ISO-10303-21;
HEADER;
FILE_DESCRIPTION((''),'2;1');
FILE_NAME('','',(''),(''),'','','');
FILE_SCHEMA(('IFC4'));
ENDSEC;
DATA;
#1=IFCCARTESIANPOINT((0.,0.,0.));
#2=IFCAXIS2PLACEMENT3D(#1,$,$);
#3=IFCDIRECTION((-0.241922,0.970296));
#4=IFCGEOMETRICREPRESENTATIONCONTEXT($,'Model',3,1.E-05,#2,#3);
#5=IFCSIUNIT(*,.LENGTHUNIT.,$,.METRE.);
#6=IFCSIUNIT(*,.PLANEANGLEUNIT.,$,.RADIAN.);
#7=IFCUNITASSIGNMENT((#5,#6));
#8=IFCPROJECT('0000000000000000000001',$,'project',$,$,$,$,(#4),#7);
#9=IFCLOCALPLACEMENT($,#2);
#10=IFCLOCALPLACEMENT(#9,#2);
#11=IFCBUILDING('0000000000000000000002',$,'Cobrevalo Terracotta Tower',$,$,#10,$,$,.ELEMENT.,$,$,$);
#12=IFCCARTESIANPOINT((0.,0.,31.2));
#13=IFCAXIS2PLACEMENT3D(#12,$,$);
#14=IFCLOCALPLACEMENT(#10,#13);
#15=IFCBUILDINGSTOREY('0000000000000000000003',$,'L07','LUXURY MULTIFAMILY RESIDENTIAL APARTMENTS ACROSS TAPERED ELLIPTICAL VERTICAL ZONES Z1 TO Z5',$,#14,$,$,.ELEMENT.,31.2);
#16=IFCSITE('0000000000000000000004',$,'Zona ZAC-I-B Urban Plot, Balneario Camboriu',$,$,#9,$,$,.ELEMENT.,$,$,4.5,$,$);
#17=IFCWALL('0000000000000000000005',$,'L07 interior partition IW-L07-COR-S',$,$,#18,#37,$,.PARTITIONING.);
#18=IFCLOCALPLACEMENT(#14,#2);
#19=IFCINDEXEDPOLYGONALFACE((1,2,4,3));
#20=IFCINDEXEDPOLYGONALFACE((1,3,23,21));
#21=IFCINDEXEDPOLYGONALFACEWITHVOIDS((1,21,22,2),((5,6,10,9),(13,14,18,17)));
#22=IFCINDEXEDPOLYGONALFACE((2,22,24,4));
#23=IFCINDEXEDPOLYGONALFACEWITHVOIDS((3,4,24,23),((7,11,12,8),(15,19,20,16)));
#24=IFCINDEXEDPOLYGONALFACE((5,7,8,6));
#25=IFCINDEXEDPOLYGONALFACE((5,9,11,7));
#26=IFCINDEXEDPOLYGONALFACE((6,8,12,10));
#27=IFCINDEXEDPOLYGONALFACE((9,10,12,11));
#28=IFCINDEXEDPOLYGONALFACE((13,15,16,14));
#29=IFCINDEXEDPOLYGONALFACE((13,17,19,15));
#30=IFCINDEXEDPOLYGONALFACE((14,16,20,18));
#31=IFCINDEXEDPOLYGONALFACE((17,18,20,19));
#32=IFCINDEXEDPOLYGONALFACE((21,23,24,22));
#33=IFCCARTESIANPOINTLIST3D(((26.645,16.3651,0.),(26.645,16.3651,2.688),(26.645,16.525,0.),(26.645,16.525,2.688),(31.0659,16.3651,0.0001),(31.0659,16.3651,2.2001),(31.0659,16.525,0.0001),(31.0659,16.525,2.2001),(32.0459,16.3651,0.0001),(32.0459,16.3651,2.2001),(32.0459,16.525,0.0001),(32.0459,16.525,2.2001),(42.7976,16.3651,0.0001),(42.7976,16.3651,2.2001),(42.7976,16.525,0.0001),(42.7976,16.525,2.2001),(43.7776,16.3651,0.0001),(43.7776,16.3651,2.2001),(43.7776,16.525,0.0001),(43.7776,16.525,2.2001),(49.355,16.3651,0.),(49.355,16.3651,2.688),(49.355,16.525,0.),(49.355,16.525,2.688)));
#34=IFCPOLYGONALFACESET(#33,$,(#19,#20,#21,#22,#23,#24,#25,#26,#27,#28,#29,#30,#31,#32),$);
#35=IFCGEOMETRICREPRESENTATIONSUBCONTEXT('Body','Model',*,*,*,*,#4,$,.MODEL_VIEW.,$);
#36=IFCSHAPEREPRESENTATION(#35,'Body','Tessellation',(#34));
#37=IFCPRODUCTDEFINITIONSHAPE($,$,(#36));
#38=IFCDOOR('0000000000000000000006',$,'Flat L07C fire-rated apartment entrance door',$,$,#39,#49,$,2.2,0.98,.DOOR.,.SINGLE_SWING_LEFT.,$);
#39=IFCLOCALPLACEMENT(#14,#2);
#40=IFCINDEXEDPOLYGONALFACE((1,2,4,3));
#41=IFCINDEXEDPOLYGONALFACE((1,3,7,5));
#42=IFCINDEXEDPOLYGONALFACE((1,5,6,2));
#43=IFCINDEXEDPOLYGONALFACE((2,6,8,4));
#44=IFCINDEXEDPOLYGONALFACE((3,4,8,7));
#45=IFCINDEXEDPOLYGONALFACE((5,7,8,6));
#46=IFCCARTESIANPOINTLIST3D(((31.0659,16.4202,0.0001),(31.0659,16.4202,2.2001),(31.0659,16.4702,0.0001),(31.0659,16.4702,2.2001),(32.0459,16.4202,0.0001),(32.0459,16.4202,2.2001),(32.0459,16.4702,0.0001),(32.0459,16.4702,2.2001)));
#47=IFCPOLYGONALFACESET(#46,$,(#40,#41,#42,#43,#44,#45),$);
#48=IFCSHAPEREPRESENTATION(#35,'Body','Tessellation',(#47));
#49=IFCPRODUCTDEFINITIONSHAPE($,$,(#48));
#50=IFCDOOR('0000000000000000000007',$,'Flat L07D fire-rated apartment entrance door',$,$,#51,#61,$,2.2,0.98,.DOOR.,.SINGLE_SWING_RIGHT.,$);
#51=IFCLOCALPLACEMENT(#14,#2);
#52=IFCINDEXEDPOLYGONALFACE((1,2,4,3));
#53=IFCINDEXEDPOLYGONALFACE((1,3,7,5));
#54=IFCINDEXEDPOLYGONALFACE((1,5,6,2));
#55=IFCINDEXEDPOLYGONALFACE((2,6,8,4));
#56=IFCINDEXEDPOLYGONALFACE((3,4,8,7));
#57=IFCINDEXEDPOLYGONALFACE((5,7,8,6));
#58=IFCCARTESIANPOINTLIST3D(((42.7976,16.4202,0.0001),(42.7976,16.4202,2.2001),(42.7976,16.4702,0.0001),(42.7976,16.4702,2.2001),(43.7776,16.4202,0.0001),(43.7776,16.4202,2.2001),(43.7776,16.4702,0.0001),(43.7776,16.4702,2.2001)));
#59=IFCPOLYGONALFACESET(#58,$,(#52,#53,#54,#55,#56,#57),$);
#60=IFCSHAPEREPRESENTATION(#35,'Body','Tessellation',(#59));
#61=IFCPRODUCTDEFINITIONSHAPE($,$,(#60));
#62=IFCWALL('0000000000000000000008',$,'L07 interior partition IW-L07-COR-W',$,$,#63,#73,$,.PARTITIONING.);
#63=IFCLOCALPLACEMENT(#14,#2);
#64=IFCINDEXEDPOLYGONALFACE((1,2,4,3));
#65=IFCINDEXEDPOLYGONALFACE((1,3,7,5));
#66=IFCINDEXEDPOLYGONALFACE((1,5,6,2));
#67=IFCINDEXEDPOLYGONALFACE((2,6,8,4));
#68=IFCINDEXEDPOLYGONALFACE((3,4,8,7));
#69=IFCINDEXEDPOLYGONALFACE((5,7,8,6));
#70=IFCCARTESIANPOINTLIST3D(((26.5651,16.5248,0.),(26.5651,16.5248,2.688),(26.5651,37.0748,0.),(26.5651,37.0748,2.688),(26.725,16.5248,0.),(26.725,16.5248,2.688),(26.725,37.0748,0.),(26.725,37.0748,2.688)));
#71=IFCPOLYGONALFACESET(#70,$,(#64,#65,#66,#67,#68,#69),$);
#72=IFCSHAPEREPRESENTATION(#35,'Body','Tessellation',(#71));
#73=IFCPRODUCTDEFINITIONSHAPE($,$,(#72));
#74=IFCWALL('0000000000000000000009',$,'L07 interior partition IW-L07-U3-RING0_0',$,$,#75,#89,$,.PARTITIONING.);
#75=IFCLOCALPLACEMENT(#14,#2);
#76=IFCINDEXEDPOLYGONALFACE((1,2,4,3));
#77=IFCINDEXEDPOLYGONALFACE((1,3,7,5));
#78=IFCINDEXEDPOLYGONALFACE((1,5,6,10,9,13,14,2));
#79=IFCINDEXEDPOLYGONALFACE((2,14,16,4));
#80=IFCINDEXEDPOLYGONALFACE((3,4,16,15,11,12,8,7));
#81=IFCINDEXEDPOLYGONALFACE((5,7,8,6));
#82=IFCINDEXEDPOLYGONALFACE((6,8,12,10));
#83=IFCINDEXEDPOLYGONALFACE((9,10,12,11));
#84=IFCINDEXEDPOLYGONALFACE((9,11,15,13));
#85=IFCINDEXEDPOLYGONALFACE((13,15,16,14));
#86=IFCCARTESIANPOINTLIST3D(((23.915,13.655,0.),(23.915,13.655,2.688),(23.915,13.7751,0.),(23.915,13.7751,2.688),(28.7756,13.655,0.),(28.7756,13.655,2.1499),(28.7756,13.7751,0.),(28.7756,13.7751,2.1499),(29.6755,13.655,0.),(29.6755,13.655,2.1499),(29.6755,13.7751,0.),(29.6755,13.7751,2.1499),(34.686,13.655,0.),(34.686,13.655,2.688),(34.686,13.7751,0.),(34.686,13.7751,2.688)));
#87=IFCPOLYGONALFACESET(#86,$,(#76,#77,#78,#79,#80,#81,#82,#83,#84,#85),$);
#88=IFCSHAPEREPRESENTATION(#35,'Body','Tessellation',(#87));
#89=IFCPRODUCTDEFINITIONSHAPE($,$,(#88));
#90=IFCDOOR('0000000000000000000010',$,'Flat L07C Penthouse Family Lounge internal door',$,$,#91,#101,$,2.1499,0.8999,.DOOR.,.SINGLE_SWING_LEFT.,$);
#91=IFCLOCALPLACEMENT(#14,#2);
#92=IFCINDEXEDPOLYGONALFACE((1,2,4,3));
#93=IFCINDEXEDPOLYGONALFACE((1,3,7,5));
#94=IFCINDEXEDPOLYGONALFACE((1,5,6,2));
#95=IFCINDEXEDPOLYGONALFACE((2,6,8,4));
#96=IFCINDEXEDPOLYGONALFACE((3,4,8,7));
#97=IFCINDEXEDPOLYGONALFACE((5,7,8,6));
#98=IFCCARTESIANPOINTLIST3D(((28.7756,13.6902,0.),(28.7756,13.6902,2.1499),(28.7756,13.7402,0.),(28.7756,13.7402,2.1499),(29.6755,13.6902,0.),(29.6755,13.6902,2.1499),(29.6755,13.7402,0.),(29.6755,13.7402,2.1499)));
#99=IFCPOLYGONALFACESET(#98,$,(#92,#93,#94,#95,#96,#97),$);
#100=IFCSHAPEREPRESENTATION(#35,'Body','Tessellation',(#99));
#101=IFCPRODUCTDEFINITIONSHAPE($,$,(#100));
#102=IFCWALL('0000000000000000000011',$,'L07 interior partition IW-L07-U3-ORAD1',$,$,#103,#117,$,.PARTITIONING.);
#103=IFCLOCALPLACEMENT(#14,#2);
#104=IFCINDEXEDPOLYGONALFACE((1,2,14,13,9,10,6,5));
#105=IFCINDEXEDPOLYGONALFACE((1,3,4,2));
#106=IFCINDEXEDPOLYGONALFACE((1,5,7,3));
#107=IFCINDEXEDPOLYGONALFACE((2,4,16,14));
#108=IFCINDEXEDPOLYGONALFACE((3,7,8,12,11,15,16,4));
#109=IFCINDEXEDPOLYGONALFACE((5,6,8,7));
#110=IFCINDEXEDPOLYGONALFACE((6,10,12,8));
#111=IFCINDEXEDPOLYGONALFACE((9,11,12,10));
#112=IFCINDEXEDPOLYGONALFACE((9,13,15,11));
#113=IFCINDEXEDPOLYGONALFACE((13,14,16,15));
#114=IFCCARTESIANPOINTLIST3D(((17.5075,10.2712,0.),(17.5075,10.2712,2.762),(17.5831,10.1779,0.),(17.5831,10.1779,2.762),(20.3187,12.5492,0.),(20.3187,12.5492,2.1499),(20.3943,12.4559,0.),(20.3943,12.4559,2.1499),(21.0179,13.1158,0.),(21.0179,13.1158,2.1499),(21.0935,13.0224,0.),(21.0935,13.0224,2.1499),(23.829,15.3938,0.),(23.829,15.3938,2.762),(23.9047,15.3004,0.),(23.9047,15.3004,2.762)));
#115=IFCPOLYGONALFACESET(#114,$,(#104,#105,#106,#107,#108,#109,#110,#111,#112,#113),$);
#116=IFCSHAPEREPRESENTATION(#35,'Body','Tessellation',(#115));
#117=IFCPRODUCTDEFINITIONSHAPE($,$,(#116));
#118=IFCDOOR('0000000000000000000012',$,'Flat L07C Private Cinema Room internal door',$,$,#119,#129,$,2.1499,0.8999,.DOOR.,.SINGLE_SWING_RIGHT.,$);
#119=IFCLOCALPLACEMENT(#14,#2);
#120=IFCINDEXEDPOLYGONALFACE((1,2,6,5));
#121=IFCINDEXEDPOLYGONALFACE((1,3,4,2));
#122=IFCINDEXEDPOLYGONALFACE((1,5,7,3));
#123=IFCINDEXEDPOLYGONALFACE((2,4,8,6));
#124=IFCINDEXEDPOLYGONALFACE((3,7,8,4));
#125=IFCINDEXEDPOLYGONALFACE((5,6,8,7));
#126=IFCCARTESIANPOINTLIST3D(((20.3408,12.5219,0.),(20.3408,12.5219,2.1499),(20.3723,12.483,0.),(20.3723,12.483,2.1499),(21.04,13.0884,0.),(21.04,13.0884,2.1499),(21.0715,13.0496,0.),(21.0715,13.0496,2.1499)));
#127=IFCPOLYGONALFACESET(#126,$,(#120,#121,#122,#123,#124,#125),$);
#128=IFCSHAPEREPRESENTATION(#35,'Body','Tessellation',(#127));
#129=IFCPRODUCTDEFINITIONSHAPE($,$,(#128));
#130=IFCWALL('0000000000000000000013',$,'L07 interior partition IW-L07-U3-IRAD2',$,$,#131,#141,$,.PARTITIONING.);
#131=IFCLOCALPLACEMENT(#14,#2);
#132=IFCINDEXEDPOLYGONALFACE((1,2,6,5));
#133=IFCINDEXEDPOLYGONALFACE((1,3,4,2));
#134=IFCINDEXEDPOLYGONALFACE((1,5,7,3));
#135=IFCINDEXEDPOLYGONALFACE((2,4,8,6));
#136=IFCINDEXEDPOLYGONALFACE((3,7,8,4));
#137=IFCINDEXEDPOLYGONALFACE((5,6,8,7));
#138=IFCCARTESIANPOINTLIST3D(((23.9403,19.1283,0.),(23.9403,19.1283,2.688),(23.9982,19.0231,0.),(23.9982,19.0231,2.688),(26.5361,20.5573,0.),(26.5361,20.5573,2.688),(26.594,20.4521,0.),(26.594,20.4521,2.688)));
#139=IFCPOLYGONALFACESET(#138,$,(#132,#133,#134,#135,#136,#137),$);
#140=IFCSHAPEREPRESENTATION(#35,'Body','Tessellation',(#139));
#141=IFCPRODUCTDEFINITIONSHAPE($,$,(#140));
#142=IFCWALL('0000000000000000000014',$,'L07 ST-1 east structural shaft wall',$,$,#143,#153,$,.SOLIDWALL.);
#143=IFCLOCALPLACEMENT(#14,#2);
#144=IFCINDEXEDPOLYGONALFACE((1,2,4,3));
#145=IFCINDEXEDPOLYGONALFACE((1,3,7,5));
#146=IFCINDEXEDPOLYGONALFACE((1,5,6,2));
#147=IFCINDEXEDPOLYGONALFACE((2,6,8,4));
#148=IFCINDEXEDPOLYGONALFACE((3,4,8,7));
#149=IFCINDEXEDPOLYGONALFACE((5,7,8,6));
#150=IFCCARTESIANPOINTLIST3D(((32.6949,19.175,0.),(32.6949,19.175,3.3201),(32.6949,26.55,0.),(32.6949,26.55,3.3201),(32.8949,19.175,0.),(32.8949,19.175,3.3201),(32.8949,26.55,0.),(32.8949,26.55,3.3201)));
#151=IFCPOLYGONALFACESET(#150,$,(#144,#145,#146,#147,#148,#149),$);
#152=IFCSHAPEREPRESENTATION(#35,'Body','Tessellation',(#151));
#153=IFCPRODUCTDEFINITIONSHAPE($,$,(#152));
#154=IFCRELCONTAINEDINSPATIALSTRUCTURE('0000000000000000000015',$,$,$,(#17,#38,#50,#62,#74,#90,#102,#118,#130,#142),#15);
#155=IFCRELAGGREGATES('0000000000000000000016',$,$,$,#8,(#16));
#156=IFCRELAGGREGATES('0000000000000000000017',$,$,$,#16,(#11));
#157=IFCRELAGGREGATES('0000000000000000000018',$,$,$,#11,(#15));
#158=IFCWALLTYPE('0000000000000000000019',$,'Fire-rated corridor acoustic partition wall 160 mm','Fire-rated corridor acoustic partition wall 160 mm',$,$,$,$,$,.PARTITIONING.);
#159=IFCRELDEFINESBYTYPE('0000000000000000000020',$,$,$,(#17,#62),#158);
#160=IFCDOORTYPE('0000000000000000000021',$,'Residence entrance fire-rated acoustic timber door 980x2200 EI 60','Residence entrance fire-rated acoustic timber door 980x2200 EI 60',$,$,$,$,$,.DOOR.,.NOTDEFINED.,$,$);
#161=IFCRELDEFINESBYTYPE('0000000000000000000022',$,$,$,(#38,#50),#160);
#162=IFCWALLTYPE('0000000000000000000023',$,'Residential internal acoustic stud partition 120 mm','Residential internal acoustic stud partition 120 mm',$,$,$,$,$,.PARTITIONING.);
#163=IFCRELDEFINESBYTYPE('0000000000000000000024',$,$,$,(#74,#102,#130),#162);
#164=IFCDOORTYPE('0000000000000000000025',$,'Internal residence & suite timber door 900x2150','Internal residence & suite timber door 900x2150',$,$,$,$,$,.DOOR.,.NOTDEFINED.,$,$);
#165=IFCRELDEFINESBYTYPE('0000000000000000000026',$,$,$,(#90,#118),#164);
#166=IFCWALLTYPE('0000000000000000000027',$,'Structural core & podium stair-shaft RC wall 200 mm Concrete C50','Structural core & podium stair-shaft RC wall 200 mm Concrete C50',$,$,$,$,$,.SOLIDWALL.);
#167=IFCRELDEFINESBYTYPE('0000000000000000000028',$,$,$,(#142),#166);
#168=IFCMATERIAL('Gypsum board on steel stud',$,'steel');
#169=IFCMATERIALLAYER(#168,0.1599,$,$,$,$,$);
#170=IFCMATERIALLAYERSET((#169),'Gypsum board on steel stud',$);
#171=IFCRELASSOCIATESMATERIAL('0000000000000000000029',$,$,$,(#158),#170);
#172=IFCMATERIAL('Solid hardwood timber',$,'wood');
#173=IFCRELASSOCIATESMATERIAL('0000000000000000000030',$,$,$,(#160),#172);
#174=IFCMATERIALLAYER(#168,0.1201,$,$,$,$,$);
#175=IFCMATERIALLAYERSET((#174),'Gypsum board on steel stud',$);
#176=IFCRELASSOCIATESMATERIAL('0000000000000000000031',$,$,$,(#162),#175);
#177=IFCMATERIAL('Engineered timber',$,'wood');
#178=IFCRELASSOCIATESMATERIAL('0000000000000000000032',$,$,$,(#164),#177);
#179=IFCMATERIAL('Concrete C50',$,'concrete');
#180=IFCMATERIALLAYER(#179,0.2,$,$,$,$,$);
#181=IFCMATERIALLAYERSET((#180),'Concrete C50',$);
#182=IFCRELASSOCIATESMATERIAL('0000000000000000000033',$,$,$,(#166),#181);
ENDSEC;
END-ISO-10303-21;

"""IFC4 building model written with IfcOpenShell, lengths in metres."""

from ifc_helpers import new_model, si_unit, direction, frame, frame_2d, origin, place, context, subcontext, project, spatial, rectangle, extrude, source, transform, mapped, material, layer, layer_set, type_object, element, fill, save


model = new_model("IFC4")

# Units and contexts
model_context = context("Model", 3, precision=1e-05, world=origin(), true_north=direction((-0.241922, 0.970296)))
body_context = subcontext(model_context, "Body", "Model", "MODEL_VIEW")
ifc_project = project(units=[si_unit("LENGTHUNIT", "METRE"), si_unit("PLANEANGLEUNIT", "RADIAN")], contexts=[model_context])

# Site, building, storey
site_placement = place(None, origin())
site = spatial("IfcSite", under=ifc_project, at=site_placement, Name="Zona ZAC-I-B Urban Plot, Balneario Camboriu", CompositionType="ELEMENT", RefElevation=4.5)
building_placement = place(site_placement, origin())
building = spatial("IfcBuilding", under=site, at=building_placement, Name="Cobrevalo Terracotta Tower", CompositionType="ELEMENT")
storey_placement = place(building_placement, frame((0.0, 0.0, 31.2)))
storey = spatial("IfcBuildingStorey", under=building, at=storey_placement, Name="L07", Description="LUXURY MULTIFAMILY RESIDENTIAL APARTMENTS ACROSS TAPERED ELLIPTICAL VERTICAL ZONES Z1 TO Z5", CompositionType="ELEMENT", Elevation=31.2)

# Wall, openings, doors
ifc_material_1 = material(Name="Gypsum board on steel stud", Category="steel")
ifc_layer_1 = layer(ifc_material_1, 0.1599)
ifc_layer_set_1 = layer_set([ifc_layer_1], Name="Gypsum board on steel stud")
wall_type_1 = type_object("IfcWallType", Name="Fire-rated corridor acoustic partition wall 160 mm", Description="Fire-rated corridor acoustic partition wall 160 mm", PredefinedType="PARTITIONING", material=ifc_layer_set_1)
wall_1_placement = place(storey_placement, frame((26.645, 16.4451, 0.0), z_axis=(0.0, 0.0, 1.0), x_axis=(1.0, 0.0, 0.0)))
wall_1 = element("IfcWall", 1, at=wall_1_placement, inside=storey, type_object=wall_type_1, Name="L07 interior partition IW-L07-COR-S", PredefinedType="PARTITIONING", context=body_context, shape_type="SweptSolid", body=[
    extrude(rectangle(XDim=22.71, YDim=0.1599, at=frame_2d((11.355, 0.0))), origin(), (0.0, 0.0, 1.0), 2.688),
])
opening_1_placement = place(wall_1_placement, frame((4.4209, 0.0, 0.0)))
opening_1 = element("IfcOpeningElement", 2, at=opening_1_placement, cuts=wall_1, PredefinedType="OPENING", context=body_context, shape_type="SweptSolid", body=[
    extrude(rectangle(XDim=0.98, YDim=2.2, at=frame_2d((0.49, 1.1001))), frame((0.0, 0.0898, 0.0), z_axis=(0.0, -1.0, 0.0), x_axis=(1.0, 0.0, 0.0)), (0.0, 0.0, 1.0), 0.1799),
])
opening_2_placement = place(wall_1_placement, frame((16.1526, 0.0, 0.0)))
opening_2 = element("IfcOpeningElement", 3, at=opening_2_placement, cuts=wall_1, PredefinedType="OPENING", context=body_context, shape_type="SweptSolid", body=[
    extrude(rectangle(XDim=0.98, YDim=2.2, at=frame_2d((0.49, 1.1001))), frame((0.0, 0.0898, 0.0), z_axis=(0.0, -1.0, 0.0), x_axis=(1.0, 0.0, 0.0)), (0.0, 0.0, 1.0), 0.1799),
])
ifc_material_2 = material(Name="Solid hardwood timber", Category="wood")
door_type_1 = type_object("IfcDoorType", Name="Residence entrance fire-rated acoustic timber door 980x2200 EI 60", Description="Residence entrance fire-rated acoustic timber door 980x2200 EI 60", OperationType="NOTDEFINED", PredefinedType="DOOR", material=ifc_material_2)
shared_shape_1 = source(origin(), body_context, "Body", "SweptSolid", [
    extrude(rectangle(XDim=0.98, YDim=2.2, at=frame_2d((0.49, 1.1001))), frame((0.0, 0.0249, 0.0), z_axis=(0.0, -1.0, 0.0), x_axis=(1.0, 0.0, 0.0)), (0.0, 0.0, 1.0), 0.05),
])
door_1_placement = place(opening_1_placement, frame((0.98, 0.0, 0.0), z_axis=(0.0, 0.0, 1.0), x_axis=(-1.0, 0.0, 0.0)))
door_1 = element("IfcDoor", 4, at=door_1_placement, inside=storey, type_object=door_type_1, Name="Flat L07C fire-rated apartment entrance door", OperationType="SINGLE_SWING_LEFT", OverallHeight=2.2, OverallWidth=0.98, PredefinedType="DOOR", context=body_context, shape_type="MappedRepresentation", body=[
    mapped(shared_shape_1, transform((0.0, 0.0, 0.0), scale=1.0)),
])
fill(opening_1, door_1)
door_2_placement = place(opening_2_placement, frame((0.98, 0.0, 0.0), z_axis=(0.0, 0.0, 1.0), x_axis=(-1.0, 0.0, 0.0)))
door_2 = element("IfcDoor", 5, at=door_2_placement, inside=storey, type_object=door_type_1, Name="Flat L07D fire-rated apartment entrance door", OperationType="SINGLE_SWING_RIGHT", OverallHeight=2.2, OverallWidth=0.98, PredefinedType="DOOR", context=body_context, shape_type="MappedRepresentation", body=[
    mapped(shared_shape_1, transform((0.0, 0.0, 0.0), scale=1.0)),
])
fill(opening_2, door_2)

# Wall
wall_2_placement = place(storey_placement, frame((26.645, 16.5249, 0.0), z_axis=(0.0, 0.0, 1.0), x_axis=(0.0, 1.0, 0.0)))
element("IfcWall", 6, at=wall_2_placement, inside=storey, type_object=wall_type_1, Name="L07 interior partition IW-L07-COR-W", PredefinedType="PARTITIONING", context=body_context, shape_type="SweptSolid", body=[
    extrude(rectangle(XDim=20.55, YDim=0.1599, at=frame_2d((10.2749, 0.0))), origin(), (0.0, 0.0, 1.0), 2.688),
])

# Walls, openings, doors
ifc_layer_2 = layer(ifc_material_1, 0.1201)
ifc_layer_set_2 = layer_set([ifc_layer_2], Name="Gypsum board on steel stud")
wall_type_2 = type_object("IfcWallType", Name="Residential internal acoustic stud partition 120 mm", Description="Residential internal acoustic stud partition 120 mm", PredefinedType="PARTITIONING", material=ifc_layer_set_2)
wall_3_placement = place(storey_placement, frame((34.686, 13.7151, 0.0), z_axis=(0.0, 0.0, 1.0), x_axis=(-1.0, 0.0, 0.0)))
wall_3 = element("IfcWall", 7, at=wall_3_placement, inside=storey, type_object=wall_type_2, Name="L07 interior partition IW-L07-U3-RING0_0", PredefinedType="PARTITIONING", context=body_context, shape_type="SweptSolid", body=[
    extrude(rectangle(XDim=10.771, YDim=0.1201, at=frame_2d((5.3855, 0.0))), origin(), (0.0, 0.0, 1.0), 2.688),
])
opening_3_placement = place(wall_3_placement, frame((5.0105, 0.0, 0.0)))
opening_3 = element("IfcOpeningElement", 8, at=opening_3_placement, cuts=wall_3, PredefinedType="OPENING", context=body_context, shape_type="SweptSolid", body=[
    extrude(rectangle(XDim=0.8999, YDim=2.1499, at=frame_2d((0.45, 1.075))), frame((0.0, 0.0701, 0.0), z_axis=(0.0, -1.0, 0.0), x_axis=(1.0, 0.0, 0.0)), (0.0, 0.0, 1.0), 0.1401),
])
ifc_material_3 = material(Name="Engineered timber", Category="wood")
door_type_2 = type_object("IfcDoorType", Name="Internal residence & suite timber door 900x2150", Description="Internal residence & suite timber door 900x2150", OperationType="NOTDEFINED", PredefinedType="DOOR", material=ifc_material_3)
shared_shape_2 = source(origin(), body_context, "Body", "SweptSolid", [
    extrude(rectangle(XDim=0.8999, YDim=2.1499, at=frame_2d((0.45, 1.075))), frame((0.0, 0.0249, 0.0), z_axis=(0.0, -1.0, 0.0), x_axis=(1.0, 0.0, 0.0)), (0.0, 0.0, 1.0), 0.05),
])
door_3_placement = place(opening_3_placement, origin())
door_3 = element("IfcDoor", 9, at=door_3_placement, inside=storey, type_object=door_type_2, Name="Flat L07C Penthouse Family Lounge internal door", OperationType="SINGLE_SWING_LEFT", OverallHeight=2.1499, OverallWidth=0.8999, PredefinedType="DOOR", context=body_context, shape_type="MappedRepresentation", body=[
    mapped(shared_shape_2, transform((0.0, 0.0, 0.0), scale=1.0)),
])
fill(opening_3, door_3)
wall_4_placement = place(storey_placement, frame((23.8669, 15.3472, 0.0), z_axis=(0.0, 0.0, 1.0), x_axis=(-0.776937, -0.629579, 0.0)))
wall_4 = element("IfcWall", 10, at=wall_4_placement, inside=storey, type_object=wall_type_2, Name="L07 interior partition IW-L07-U3-ORAD1", PredefinedType="PARTITIONING", context=body_context, shape_type="SweptSolid", body=[
    extrude(rectangle(XDim=8.1365, YDim=0.1201, at=frame_2d((4.0684, 0.0))), origin(), (0.0, 0.0, 1.0), 2.762),
])
opening_4_placement = place(wall_4_placement, frame((3.6184, 0.0, 0.0)))
opening_4 = element("IfcOpeningElement", 11, at=opening_4_placement, cuts=wall_4, PredefinedType="OPENING", context=body_context, shape_type="SweptSolid", body=[
    extrude(rectangle(XDim=0.8999, YDim=2.1499, at=frame_2d((0.45, 1.075))), frame((0.0, 0.0701, 0.0), z_axis=(0.0, -1.0, 0.0), x_axis=(1.0, 0.0, 0.0)), (0.0, 0.0, 1.0), 0.1401),
])
door_4_placement = place(opening_4_placement, frame((0.8999, 0.0, 0.0), z_axis=(0.0, 0.0, 1.0), x_axis=(-1.0, 0.0, 0.0)))
door_4 = element("IfcDoor", 12, at=door_4_placement, inside=storey, type_object=door_type_2, Name="Flat L07C Private Cinema Room internal door", OperationType="SINGLE_SWING_RIGHT", OverallHeight=2.1499, OverallWidth=0.8999, PredefinedType="DOOR", context=body_context, shape_type="MappedRepresentation", body=[
    mapped(shared_shape_2, transform((0.0, 0.0, 0.0), scale=1.0)),
])
fill(opening_4, door_4)

# Wall
wall_5_placement = place(storey_placement, frame((26.5649, 20.5046, 0.0), z_axis=(0.0, 0.0, 1.0), x_axis=(-0.876028, -0.48226, 0.0)))
element("IfcWall", 13, at=wall_5_placement, inside=storey, type_object=wall_type_2, Name="L07 interior partition IW-L07-U3-IRAD2", PredefinedType="PARTITIONING", context=body_context, shape_type="SweptSolid", body=[
    extrude(rectangle(XDim=2.9631, YDim=0.1201, at=frame_2d((1.4814, 0.0))), origin(), (0.0, 0.0, 1.0), 2.688),
])

# Wall
ifc_material_4 = material(Name="Concrete C50", Category="concrete")
ifc_layer_3 = layer(ifc_material_4, 0.2)
ifc_layer_set_3 = layer_set([ifc_layer_3], Name="Concrete C50")
wall_type_3 = type_object("IfcWallType", Name="Structural core & podium stair-shaft RC wall 200 mm Concrete C50", Description="Structural core & podium stair-shaft RC wall 200 mm Concrete C50", PredefinedType="SOLIDWALL", material=ifc_layer_set_3)
wall_6_placement = place(storey_placement, frame((32.7949, 19.175, 0.0), z_axis=(0.0, 0.0, 1.0), x_axis=(0.0, 1.0, 0.0)))
element("IfcWall", 14, at=wall_6_placement, inside=storey, type_object=wall_type_3, Name="L07 ST-1 east structural shaft wall", PredefinedType="SOLIDWALL", context=body_context, shape_type="SweptSolid", body=[
    extrude(rectangle(XDim=7.375, YDim=0.2, at=frame_2d((3.6875, 0.0))), origin(), (0.0, 0.0, 1.0), 3.3201),
])

save(model, "model.ifc")
